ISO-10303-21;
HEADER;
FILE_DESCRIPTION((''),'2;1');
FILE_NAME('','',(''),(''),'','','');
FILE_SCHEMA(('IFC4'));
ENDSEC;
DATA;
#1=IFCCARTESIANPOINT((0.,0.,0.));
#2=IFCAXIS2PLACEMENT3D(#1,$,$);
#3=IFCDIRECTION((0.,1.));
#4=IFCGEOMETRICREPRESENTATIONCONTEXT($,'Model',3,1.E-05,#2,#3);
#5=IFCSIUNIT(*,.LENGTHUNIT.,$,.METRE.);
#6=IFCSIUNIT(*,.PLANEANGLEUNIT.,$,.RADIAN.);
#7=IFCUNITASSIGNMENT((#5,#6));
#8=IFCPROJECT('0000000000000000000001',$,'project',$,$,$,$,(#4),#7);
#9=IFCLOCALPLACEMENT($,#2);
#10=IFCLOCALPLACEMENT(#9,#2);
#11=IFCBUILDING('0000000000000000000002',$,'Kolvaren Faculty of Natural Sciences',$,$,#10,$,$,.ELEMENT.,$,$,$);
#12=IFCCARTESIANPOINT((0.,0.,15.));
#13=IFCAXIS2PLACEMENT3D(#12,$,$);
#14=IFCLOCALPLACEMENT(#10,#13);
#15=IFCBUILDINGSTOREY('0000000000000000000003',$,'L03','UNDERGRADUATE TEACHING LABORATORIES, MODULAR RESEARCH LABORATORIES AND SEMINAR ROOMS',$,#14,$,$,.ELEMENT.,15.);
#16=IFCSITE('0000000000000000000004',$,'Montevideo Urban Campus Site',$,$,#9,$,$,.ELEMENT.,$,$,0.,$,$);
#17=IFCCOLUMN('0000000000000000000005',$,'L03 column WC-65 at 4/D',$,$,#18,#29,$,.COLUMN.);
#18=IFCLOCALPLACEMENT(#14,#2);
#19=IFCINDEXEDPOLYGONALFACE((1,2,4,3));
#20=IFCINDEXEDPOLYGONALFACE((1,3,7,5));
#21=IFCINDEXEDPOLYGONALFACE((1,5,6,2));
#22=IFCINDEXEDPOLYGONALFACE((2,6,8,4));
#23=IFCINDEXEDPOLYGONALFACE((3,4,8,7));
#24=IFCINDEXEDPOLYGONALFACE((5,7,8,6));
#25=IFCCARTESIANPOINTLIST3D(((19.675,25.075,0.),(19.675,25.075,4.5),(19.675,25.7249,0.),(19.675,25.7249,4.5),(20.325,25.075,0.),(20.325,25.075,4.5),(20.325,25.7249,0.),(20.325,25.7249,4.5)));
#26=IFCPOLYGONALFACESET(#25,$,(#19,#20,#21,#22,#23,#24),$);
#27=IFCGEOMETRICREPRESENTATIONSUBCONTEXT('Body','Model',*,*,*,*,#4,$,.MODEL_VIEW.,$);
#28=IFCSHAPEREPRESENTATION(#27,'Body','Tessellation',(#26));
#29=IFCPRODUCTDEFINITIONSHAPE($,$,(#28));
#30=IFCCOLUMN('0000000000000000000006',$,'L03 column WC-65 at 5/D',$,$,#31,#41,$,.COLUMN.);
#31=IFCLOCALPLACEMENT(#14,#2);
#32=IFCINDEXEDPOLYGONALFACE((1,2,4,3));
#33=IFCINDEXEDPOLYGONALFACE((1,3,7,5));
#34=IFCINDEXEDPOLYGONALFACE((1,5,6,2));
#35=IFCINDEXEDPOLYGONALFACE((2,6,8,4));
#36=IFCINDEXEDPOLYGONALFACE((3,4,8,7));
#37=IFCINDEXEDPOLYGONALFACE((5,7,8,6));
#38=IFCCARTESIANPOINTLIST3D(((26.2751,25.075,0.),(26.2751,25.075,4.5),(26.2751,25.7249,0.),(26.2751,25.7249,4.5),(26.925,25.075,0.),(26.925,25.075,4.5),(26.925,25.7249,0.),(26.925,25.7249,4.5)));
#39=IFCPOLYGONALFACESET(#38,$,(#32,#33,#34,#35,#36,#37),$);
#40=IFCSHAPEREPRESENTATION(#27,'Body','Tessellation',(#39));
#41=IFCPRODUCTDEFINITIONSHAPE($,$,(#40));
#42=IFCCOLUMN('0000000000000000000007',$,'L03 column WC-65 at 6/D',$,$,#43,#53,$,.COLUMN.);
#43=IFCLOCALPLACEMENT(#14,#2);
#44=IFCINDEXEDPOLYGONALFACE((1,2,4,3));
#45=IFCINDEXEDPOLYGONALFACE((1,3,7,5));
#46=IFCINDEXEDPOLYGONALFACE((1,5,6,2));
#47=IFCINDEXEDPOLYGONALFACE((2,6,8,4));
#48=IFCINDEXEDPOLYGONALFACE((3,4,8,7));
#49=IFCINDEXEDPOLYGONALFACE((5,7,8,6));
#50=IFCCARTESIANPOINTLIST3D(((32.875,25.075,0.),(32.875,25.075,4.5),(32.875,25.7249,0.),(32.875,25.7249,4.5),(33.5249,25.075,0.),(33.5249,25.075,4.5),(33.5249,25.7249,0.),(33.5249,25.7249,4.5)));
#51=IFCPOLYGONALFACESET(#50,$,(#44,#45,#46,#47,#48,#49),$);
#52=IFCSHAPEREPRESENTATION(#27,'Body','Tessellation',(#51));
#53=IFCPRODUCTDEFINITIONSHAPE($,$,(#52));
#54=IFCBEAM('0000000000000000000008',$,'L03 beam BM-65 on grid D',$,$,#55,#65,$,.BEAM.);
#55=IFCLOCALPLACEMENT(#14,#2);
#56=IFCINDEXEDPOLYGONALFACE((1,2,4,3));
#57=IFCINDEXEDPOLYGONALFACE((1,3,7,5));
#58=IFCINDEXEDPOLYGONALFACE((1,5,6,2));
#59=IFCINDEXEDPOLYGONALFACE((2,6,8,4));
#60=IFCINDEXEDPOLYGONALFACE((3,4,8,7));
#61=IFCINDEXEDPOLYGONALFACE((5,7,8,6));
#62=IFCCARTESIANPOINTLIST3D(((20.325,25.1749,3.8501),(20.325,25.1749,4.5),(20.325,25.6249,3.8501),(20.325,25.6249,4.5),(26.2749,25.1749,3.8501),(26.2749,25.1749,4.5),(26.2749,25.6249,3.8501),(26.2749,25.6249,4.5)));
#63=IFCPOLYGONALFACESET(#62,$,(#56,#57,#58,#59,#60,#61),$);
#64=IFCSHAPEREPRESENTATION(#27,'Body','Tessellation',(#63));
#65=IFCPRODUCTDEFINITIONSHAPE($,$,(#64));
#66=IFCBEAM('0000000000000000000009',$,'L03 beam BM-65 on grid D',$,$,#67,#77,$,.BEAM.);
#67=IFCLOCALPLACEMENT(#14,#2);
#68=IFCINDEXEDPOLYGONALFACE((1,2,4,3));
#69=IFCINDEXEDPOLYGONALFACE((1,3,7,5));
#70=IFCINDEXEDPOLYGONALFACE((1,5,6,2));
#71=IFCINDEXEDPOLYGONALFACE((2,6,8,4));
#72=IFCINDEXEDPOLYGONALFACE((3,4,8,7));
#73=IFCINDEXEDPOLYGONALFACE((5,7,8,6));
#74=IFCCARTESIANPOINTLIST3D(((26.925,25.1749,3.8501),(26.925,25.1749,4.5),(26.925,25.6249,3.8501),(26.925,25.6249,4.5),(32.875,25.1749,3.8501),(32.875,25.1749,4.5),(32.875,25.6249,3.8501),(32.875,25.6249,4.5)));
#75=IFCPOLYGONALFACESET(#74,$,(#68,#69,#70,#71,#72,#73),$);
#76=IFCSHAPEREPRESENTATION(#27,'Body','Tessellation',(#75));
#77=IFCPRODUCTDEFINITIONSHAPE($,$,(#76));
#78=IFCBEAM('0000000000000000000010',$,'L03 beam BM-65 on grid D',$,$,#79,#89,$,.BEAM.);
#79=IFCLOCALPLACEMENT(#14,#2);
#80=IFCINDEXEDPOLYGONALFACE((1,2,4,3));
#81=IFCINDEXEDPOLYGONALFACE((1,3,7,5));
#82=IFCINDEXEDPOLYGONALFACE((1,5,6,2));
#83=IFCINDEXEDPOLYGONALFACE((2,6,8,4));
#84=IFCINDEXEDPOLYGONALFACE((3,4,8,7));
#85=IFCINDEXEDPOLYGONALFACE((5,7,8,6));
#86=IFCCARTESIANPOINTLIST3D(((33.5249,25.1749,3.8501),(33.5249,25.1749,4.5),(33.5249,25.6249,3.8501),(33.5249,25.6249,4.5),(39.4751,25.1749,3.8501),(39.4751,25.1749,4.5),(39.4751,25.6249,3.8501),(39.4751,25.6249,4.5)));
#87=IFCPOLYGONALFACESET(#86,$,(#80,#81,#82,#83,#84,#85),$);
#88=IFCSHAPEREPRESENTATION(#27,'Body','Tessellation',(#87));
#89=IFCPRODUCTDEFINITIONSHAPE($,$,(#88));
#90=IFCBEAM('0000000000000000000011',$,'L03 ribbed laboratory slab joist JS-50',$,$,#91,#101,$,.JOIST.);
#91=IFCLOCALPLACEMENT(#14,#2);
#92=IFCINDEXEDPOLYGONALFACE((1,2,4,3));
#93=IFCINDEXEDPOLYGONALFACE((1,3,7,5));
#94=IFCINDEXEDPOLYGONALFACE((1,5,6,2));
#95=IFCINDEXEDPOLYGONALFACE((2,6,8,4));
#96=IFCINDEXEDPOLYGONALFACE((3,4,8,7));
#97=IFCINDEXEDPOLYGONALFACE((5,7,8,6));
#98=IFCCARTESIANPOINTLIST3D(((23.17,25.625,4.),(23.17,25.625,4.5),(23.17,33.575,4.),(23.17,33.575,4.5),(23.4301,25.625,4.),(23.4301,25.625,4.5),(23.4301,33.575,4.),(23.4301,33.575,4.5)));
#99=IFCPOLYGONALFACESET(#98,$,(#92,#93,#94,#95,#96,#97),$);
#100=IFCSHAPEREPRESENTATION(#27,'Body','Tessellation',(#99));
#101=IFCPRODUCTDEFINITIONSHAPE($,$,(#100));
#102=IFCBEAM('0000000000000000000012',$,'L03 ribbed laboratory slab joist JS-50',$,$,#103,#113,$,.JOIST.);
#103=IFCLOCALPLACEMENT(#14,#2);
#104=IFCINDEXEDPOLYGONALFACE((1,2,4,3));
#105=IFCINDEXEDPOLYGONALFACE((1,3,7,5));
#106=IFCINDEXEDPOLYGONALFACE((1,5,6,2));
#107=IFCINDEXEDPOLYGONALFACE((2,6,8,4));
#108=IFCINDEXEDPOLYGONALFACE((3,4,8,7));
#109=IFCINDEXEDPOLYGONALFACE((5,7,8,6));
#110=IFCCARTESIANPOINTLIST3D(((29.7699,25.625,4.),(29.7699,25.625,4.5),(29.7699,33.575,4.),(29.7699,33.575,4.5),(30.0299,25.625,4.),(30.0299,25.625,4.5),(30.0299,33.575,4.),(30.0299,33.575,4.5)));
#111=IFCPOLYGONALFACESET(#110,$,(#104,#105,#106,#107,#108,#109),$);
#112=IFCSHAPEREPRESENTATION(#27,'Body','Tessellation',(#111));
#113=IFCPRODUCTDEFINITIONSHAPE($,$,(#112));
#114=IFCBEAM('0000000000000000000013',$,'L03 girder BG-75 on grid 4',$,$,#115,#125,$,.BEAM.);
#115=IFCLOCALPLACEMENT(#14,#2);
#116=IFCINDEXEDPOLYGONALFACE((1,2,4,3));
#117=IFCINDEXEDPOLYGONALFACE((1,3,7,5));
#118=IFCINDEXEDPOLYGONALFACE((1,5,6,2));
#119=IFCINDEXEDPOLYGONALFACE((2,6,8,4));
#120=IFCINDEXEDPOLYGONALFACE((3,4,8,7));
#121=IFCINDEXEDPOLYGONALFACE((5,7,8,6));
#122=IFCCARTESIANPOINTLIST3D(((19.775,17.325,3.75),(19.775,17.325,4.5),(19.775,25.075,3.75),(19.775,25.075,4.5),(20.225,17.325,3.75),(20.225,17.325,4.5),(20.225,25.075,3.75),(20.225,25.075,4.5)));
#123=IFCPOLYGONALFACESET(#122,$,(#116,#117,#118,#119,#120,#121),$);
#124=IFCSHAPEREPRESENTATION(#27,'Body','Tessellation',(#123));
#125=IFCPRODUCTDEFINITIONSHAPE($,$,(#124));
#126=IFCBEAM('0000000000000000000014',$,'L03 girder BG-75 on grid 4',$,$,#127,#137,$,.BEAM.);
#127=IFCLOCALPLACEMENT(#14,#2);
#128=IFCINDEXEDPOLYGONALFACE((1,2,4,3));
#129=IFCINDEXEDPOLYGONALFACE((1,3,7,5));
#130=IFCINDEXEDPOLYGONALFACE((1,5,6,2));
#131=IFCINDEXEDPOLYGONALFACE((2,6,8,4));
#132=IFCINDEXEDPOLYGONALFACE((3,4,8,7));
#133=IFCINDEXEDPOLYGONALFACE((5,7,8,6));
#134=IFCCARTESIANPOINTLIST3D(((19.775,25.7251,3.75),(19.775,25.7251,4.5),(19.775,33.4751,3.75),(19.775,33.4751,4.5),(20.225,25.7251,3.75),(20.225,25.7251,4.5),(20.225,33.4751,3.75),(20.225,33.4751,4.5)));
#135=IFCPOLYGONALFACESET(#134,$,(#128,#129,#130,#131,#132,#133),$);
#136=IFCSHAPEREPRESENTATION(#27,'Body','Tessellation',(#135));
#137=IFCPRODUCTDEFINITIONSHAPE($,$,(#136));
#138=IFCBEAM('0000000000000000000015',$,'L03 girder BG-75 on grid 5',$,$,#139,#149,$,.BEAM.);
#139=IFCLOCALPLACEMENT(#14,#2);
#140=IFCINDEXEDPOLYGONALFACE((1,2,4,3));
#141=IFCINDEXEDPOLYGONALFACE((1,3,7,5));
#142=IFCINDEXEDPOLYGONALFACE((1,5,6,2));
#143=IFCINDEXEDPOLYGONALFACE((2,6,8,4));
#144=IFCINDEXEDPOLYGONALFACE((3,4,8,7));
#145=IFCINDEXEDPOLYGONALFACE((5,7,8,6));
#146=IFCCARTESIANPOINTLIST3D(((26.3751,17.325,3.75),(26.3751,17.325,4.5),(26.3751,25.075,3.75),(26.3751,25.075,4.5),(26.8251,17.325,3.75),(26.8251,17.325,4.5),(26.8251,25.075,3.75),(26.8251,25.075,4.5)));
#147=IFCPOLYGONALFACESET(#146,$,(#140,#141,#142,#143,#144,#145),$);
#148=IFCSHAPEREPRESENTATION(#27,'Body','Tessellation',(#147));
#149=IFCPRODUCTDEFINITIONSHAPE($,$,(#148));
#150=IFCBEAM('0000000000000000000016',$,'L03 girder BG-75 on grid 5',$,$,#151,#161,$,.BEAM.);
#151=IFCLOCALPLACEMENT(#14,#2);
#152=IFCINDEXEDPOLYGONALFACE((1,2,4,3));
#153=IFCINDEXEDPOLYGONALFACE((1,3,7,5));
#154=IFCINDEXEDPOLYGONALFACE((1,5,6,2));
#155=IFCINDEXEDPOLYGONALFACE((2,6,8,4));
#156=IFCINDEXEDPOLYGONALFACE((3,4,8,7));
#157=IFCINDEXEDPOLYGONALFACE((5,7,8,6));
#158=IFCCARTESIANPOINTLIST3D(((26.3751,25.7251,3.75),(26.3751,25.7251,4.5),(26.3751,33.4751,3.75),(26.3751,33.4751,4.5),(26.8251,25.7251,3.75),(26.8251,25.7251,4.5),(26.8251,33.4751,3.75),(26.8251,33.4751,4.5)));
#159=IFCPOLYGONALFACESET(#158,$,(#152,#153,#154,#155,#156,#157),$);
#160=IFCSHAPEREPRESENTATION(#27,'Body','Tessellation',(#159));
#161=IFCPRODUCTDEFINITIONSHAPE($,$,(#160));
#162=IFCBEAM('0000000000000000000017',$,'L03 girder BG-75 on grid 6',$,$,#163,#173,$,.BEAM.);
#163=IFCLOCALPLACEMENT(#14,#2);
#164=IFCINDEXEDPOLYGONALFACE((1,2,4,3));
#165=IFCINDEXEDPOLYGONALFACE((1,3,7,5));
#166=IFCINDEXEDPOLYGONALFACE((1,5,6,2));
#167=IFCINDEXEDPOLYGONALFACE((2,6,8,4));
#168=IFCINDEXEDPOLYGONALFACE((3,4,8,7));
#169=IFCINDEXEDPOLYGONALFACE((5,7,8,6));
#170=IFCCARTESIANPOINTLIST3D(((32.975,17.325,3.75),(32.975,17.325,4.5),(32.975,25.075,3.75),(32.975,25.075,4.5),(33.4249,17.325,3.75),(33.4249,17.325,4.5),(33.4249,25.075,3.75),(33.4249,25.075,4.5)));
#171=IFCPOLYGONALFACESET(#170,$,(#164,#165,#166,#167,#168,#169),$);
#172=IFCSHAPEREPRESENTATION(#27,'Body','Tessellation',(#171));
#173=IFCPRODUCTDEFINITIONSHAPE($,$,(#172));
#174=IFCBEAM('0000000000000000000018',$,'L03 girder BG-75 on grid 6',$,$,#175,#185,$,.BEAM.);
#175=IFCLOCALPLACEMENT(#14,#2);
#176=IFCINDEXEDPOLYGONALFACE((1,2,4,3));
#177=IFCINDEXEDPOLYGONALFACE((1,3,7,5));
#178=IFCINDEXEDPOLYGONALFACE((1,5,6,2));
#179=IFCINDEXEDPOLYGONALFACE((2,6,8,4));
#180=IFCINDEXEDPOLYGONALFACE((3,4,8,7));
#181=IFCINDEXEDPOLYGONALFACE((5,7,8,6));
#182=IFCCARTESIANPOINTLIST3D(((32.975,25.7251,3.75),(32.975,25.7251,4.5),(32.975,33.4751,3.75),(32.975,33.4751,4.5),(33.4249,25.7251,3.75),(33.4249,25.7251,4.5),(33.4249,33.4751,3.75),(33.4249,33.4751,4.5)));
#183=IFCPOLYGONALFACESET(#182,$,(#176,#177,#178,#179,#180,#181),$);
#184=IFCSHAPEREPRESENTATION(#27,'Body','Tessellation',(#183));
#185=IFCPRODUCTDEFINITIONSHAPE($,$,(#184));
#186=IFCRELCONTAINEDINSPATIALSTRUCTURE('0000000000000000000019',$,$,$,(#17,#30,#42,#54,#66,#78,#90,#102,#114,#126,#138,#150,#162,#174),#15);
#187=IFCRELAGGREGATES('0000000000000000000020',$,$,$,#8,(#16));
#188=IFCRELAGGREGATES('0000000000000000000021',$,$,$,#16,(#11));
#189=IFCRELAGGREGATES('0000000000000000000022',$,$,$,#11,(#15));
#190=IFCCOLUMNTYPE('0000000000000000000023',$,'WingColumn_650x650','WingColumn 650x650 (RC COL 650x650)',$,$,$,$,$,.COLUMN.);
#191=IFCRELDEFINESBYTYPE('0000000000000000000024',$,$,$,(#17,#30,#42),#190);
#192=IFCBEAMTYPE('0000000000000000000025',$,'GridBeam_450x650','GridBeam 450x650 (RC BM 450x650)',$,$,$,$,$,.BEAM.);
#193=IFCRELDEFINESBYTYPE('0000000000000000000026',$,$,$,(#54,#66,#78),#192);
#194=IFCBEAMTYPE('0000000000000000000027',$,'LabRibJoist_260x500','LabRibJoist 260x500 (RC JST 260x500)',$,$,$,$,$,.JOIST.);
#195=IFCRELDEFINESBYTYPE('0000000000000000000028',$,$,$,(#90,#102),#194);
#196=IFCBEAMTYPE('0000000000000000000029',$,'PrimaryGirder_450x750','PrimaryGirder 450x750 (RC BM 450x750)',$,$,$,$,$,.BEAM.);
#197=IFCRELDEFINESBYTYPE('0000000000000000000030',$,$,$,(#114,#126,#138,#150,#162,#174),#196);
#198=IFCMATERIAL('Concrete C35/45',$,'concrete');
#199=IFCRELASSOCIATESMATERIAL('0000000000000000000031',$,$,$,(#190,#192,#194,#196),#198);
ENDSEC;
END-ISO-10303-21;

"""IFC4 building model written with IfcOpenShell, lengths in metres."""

from ifc_helpers import new_model, si_unit, direction, frame, origin, origin_2d, place, context, subcontext, project, spatial, rectangle, extrude, material, material_profile, profile_set, type_object, element, save


model = new_model("IFC4")

# Units and contexts
model_context = context("Model", 3, precision=1e-05, world=origin(), true_north=direction((0.0, 1.0)))
body_context = subcontext(model_context, "Body", "Model", "MODEL_VIEW")
ifc_project = project(units=[si_unit("LENGTHUNIT", "METRE"), si_unit("PLANEANGLEUNIT", "RADIAN")], contexts=[model_context])

# Site, building, storey
site_placement = place(None, origin())
site = spatial("IfcSite", under=ifc_project, at=site_placement, Name="Montevideo Urban Campus Site", CompositionType="ELEMENT", RefElevation=0.0)
building_placement = place(site_placement, origin())
building = spatial("IfcBuilding", under=site, at=building_placement, Name="Kolvaren Faculty of Natural Sciences", CompositionType="ELEMENT")
storey_placement = place(building_placement, frame((0.0, 0.0, 15.0)))
storey = spatial("IfcBuildingStorey", under=building, at=storey_placement, Name="L03", Description="UNDERGRADUATE TEACHING LABORATORIES, MODULAR RESEARCH LABORATORIES AND SEMINAR ROOMS", CompositionType="ELEMENT", Elevation=15.0)

# Columns
ifc_material_1 = material(Name="Concrete C35/45", Category="concrete")
ifc_material_profile_1 = material_profile(ifc_material_1, rectangle(XDim=0.6499, YDim=0.6499, at=origin_2d()), Name="RC COL 650x650")
ifc_profile_set_1 = profile_set([ifc_material_profile_1], Name="Concrete C35/45")
column_type = type_object("IfcColumnType", Name="WingColumn_650x650", Description="WingColumn 650x650 (RC COL 650x650)", PredefinedType="COLUMN", material=ifc_profile_set_1)
for number, where, z_axis, x_axis, name in (
    (1, (20.0, 25.3999, 0.0), (0.0, 0.0, 1.0), (1.0, 0.0, 0.0), "L03 column WC-65 at 4/D"),
    (2, (26.6001, 25.3999, 0.0), (0.0, 0.0, 1.0), (1.0, 0.0, 0.0), "L03 column WC-65 at 5/D"),
    (3, (33.2, 25.3999, 0.0), (0.0, 0.0, 1.0), (1.0, 0.0, 0.0), "L03 column WC-65 at 6/D"),
):
    element("IfcColumn", number, at=place(storey_placement, frame(where, z_axis=z_axis, x_axis=x_axis)), inside=storey, type_object=column_type, Name=name, PredefinedType="COLUMN", context=body_context, shape_type="SweptSolid", body=[
        extrude(rectangle(XDim=0.6499, YDim=0.6499, at=origin_2d()), origin(), (0.0, 0.0, 1.0), 4.5),
    ])

# Beams
ifc_material_profile_2 = material_profile(ifc_material_1, rectangle(XDim=0.45, YDim=0.6499, at=origin_2d()), Name="RC BM 450x650")
ifc_profile_set_2 = profile_set([ifc_material_profile_2], Name="Concrete C35/45")
beam_type_1 = type_object("IfcBeamType", Name="GridBeam_450x650", Description="GridBeam 450x650 (RC BM 450x650)", PredefinedType="BEAM", material=ifc_profile_set_2)
for number, where, z_axis, x_axis, name in (
    (4, (20.325, 25.3999, 4.175), (1.0, 0.0, 0.0), (0.0, 1.0, 0.0), "L03 beam BM-65 on grid D"),
    (5, (26.925, 25.3999, 4.175), (1.0, 0.0, 0.0), (0.0, 1.0, 0.0), "L03 beam BM-65 on grid D"),
):
    element("IfcBeam", number, at=place(storey_placement, frame(where, z_axis=z_axis, x_axis=x_axis)), inside=storey, type_object=beam_type_1, Name=name, PredefinedType="BEAM", context=body_context, shape_type="SweptSolid", body=[
        extrude(rectangle(XDim=0.45, YDim=0.6499, at=origin_2d()), origin(), (0.0, 0.0, 1.0), 5.95),
    ])
beam_placement = place(storey_placement, frame((33.5249, 25.3999, 4.175), z_axis=(1.0, 0.0, 0.0), x_axis=(0.0, 1.0, 0.0)))
element("IfcBeam", 6, at=beam_placement, inside=storey, type_object=beam_type_1, Name="L03 beam BM-65 on grid D", PredefinedType="BEAM", context=body_context, shape_type="SweptSolid", body=[
    extrude(rectangle(XDim=0.45, YDim=0.6499, at=origin_2d()), origin(), (0.0, 0.0, 1.0), 5.9502),
])
ifc_material_profile_3 = material_profile(ifc_material_1, rectangle(XDim=0.26, YDim=0.5, at=origin_2d()), Name="RC JST 260x500")
ifc_profile_set_3 = profile_set([ifc_material_profile_3], Name="Concrete C35/45")
beam_type_2 = type_object("IfcBeamType", Name="LabRibJoist_260x500", Description="LabRibJoist 260x500 (RC JST 260x500)", PredefinedType="JOIST", material=ifc_profile_set_3)
for number, where, z_axis, x_axis, name in (
    (7, (23.3, 25.625, 4.25), (0.0, 1.0, 0.0), (-1.0, 0.0, 0.0), "L03 ribbed laboratory slab joist JS-50"),
    (8, (29.8999, 25.625, 4.25), (0.0, 1.0, 0.0), (-1.0, 0.0, 0.0), "L03 ribbed laboratory slab joist JS-50"),
):
    element("IfcBeam", number, at=place(storey_placement, frame(where, z_axis=z_axis, x_axis=x_axis)), inside=storey, type_object=beam_type_2, Name=name, PredefinedType="JOIST", context=body_context, shape_type="SweptSolid", body=[
        extrude(rectangle(XDim=0.26, YDim=0.5, at=origin_2d()), origin(), (0.0, 0.0, 1.0), 7.95),
    ])
ifc_material_profile_4 = material_profile(ifc_material_1, rectangle(XDim=0.45, YDim=0.75, at=origin_2d()), Name="RC BM 450x750")
ifc_profile_set_4 = profile_set([ifc_material_profile_4], Name="Concrete C35/45")
beam_type_3 = type_object("IfcBeamType", Name="PrimaryGirder_450x750", Description="PrimaryGirder 450x750 (RC BM 450x750)", PredefinedType="BEAM", material=ifc_profile_set_4)
for number, where, z_axis, x_axis, name in (
    (9, (20.0, 17.325, 4.125), (0.0, 1.0, 0.0), (-1.0, 0.0, 0.0), "L03 girder BG-75 on grid 4"),
    (10, (20.0, 25.7251, 4.125), (0.0, 1.0, 0.0), (-1.0, 0.0, 0.0), "L03 girder BG-75 on grid 4"),
    (11, (26.6001, 17.325, 4.125), (0.0, 1.0, 0.0), (-1.0, 0.0, 0.0), "L03 girder BG-75 on grid 5"),
    (12, (26.6001, 25.7251, 4.125), (0.0, 1.0, 0.0), (-1.0, 0.0, 0.0), "L03 girder BG-75 on grid 5"),
    (13, (33.2, 17.325, 4.125), (0.0, 1.0, 0.0), (-1.0, 0.0, 0.0), "L03 girder BG-75 on grid 6"),
    (14, (33.2, 25.7251, 4.125), (0.0, 1.0, 0.0), (-1.0, 0.0, 0.0), "L03 girder BG-75 on grid 6"),
):
    element("IfcBeam", number, at=place(storey_placement, frame(where, z_axis=z_axis, x_axis=x_axis)), inside=storey, type_object=beam_type_3, Name=name, PredefinedType="BEAM", context=body_context, shape_type="SweptSolid", body=[
        extrude(rectangle(XDim=0.45, YDim=0.75, at=origin_2d()), origin(), (0.0, 0.0, 1.0), 7.75),
    ])

save(model, "model.ifc")
